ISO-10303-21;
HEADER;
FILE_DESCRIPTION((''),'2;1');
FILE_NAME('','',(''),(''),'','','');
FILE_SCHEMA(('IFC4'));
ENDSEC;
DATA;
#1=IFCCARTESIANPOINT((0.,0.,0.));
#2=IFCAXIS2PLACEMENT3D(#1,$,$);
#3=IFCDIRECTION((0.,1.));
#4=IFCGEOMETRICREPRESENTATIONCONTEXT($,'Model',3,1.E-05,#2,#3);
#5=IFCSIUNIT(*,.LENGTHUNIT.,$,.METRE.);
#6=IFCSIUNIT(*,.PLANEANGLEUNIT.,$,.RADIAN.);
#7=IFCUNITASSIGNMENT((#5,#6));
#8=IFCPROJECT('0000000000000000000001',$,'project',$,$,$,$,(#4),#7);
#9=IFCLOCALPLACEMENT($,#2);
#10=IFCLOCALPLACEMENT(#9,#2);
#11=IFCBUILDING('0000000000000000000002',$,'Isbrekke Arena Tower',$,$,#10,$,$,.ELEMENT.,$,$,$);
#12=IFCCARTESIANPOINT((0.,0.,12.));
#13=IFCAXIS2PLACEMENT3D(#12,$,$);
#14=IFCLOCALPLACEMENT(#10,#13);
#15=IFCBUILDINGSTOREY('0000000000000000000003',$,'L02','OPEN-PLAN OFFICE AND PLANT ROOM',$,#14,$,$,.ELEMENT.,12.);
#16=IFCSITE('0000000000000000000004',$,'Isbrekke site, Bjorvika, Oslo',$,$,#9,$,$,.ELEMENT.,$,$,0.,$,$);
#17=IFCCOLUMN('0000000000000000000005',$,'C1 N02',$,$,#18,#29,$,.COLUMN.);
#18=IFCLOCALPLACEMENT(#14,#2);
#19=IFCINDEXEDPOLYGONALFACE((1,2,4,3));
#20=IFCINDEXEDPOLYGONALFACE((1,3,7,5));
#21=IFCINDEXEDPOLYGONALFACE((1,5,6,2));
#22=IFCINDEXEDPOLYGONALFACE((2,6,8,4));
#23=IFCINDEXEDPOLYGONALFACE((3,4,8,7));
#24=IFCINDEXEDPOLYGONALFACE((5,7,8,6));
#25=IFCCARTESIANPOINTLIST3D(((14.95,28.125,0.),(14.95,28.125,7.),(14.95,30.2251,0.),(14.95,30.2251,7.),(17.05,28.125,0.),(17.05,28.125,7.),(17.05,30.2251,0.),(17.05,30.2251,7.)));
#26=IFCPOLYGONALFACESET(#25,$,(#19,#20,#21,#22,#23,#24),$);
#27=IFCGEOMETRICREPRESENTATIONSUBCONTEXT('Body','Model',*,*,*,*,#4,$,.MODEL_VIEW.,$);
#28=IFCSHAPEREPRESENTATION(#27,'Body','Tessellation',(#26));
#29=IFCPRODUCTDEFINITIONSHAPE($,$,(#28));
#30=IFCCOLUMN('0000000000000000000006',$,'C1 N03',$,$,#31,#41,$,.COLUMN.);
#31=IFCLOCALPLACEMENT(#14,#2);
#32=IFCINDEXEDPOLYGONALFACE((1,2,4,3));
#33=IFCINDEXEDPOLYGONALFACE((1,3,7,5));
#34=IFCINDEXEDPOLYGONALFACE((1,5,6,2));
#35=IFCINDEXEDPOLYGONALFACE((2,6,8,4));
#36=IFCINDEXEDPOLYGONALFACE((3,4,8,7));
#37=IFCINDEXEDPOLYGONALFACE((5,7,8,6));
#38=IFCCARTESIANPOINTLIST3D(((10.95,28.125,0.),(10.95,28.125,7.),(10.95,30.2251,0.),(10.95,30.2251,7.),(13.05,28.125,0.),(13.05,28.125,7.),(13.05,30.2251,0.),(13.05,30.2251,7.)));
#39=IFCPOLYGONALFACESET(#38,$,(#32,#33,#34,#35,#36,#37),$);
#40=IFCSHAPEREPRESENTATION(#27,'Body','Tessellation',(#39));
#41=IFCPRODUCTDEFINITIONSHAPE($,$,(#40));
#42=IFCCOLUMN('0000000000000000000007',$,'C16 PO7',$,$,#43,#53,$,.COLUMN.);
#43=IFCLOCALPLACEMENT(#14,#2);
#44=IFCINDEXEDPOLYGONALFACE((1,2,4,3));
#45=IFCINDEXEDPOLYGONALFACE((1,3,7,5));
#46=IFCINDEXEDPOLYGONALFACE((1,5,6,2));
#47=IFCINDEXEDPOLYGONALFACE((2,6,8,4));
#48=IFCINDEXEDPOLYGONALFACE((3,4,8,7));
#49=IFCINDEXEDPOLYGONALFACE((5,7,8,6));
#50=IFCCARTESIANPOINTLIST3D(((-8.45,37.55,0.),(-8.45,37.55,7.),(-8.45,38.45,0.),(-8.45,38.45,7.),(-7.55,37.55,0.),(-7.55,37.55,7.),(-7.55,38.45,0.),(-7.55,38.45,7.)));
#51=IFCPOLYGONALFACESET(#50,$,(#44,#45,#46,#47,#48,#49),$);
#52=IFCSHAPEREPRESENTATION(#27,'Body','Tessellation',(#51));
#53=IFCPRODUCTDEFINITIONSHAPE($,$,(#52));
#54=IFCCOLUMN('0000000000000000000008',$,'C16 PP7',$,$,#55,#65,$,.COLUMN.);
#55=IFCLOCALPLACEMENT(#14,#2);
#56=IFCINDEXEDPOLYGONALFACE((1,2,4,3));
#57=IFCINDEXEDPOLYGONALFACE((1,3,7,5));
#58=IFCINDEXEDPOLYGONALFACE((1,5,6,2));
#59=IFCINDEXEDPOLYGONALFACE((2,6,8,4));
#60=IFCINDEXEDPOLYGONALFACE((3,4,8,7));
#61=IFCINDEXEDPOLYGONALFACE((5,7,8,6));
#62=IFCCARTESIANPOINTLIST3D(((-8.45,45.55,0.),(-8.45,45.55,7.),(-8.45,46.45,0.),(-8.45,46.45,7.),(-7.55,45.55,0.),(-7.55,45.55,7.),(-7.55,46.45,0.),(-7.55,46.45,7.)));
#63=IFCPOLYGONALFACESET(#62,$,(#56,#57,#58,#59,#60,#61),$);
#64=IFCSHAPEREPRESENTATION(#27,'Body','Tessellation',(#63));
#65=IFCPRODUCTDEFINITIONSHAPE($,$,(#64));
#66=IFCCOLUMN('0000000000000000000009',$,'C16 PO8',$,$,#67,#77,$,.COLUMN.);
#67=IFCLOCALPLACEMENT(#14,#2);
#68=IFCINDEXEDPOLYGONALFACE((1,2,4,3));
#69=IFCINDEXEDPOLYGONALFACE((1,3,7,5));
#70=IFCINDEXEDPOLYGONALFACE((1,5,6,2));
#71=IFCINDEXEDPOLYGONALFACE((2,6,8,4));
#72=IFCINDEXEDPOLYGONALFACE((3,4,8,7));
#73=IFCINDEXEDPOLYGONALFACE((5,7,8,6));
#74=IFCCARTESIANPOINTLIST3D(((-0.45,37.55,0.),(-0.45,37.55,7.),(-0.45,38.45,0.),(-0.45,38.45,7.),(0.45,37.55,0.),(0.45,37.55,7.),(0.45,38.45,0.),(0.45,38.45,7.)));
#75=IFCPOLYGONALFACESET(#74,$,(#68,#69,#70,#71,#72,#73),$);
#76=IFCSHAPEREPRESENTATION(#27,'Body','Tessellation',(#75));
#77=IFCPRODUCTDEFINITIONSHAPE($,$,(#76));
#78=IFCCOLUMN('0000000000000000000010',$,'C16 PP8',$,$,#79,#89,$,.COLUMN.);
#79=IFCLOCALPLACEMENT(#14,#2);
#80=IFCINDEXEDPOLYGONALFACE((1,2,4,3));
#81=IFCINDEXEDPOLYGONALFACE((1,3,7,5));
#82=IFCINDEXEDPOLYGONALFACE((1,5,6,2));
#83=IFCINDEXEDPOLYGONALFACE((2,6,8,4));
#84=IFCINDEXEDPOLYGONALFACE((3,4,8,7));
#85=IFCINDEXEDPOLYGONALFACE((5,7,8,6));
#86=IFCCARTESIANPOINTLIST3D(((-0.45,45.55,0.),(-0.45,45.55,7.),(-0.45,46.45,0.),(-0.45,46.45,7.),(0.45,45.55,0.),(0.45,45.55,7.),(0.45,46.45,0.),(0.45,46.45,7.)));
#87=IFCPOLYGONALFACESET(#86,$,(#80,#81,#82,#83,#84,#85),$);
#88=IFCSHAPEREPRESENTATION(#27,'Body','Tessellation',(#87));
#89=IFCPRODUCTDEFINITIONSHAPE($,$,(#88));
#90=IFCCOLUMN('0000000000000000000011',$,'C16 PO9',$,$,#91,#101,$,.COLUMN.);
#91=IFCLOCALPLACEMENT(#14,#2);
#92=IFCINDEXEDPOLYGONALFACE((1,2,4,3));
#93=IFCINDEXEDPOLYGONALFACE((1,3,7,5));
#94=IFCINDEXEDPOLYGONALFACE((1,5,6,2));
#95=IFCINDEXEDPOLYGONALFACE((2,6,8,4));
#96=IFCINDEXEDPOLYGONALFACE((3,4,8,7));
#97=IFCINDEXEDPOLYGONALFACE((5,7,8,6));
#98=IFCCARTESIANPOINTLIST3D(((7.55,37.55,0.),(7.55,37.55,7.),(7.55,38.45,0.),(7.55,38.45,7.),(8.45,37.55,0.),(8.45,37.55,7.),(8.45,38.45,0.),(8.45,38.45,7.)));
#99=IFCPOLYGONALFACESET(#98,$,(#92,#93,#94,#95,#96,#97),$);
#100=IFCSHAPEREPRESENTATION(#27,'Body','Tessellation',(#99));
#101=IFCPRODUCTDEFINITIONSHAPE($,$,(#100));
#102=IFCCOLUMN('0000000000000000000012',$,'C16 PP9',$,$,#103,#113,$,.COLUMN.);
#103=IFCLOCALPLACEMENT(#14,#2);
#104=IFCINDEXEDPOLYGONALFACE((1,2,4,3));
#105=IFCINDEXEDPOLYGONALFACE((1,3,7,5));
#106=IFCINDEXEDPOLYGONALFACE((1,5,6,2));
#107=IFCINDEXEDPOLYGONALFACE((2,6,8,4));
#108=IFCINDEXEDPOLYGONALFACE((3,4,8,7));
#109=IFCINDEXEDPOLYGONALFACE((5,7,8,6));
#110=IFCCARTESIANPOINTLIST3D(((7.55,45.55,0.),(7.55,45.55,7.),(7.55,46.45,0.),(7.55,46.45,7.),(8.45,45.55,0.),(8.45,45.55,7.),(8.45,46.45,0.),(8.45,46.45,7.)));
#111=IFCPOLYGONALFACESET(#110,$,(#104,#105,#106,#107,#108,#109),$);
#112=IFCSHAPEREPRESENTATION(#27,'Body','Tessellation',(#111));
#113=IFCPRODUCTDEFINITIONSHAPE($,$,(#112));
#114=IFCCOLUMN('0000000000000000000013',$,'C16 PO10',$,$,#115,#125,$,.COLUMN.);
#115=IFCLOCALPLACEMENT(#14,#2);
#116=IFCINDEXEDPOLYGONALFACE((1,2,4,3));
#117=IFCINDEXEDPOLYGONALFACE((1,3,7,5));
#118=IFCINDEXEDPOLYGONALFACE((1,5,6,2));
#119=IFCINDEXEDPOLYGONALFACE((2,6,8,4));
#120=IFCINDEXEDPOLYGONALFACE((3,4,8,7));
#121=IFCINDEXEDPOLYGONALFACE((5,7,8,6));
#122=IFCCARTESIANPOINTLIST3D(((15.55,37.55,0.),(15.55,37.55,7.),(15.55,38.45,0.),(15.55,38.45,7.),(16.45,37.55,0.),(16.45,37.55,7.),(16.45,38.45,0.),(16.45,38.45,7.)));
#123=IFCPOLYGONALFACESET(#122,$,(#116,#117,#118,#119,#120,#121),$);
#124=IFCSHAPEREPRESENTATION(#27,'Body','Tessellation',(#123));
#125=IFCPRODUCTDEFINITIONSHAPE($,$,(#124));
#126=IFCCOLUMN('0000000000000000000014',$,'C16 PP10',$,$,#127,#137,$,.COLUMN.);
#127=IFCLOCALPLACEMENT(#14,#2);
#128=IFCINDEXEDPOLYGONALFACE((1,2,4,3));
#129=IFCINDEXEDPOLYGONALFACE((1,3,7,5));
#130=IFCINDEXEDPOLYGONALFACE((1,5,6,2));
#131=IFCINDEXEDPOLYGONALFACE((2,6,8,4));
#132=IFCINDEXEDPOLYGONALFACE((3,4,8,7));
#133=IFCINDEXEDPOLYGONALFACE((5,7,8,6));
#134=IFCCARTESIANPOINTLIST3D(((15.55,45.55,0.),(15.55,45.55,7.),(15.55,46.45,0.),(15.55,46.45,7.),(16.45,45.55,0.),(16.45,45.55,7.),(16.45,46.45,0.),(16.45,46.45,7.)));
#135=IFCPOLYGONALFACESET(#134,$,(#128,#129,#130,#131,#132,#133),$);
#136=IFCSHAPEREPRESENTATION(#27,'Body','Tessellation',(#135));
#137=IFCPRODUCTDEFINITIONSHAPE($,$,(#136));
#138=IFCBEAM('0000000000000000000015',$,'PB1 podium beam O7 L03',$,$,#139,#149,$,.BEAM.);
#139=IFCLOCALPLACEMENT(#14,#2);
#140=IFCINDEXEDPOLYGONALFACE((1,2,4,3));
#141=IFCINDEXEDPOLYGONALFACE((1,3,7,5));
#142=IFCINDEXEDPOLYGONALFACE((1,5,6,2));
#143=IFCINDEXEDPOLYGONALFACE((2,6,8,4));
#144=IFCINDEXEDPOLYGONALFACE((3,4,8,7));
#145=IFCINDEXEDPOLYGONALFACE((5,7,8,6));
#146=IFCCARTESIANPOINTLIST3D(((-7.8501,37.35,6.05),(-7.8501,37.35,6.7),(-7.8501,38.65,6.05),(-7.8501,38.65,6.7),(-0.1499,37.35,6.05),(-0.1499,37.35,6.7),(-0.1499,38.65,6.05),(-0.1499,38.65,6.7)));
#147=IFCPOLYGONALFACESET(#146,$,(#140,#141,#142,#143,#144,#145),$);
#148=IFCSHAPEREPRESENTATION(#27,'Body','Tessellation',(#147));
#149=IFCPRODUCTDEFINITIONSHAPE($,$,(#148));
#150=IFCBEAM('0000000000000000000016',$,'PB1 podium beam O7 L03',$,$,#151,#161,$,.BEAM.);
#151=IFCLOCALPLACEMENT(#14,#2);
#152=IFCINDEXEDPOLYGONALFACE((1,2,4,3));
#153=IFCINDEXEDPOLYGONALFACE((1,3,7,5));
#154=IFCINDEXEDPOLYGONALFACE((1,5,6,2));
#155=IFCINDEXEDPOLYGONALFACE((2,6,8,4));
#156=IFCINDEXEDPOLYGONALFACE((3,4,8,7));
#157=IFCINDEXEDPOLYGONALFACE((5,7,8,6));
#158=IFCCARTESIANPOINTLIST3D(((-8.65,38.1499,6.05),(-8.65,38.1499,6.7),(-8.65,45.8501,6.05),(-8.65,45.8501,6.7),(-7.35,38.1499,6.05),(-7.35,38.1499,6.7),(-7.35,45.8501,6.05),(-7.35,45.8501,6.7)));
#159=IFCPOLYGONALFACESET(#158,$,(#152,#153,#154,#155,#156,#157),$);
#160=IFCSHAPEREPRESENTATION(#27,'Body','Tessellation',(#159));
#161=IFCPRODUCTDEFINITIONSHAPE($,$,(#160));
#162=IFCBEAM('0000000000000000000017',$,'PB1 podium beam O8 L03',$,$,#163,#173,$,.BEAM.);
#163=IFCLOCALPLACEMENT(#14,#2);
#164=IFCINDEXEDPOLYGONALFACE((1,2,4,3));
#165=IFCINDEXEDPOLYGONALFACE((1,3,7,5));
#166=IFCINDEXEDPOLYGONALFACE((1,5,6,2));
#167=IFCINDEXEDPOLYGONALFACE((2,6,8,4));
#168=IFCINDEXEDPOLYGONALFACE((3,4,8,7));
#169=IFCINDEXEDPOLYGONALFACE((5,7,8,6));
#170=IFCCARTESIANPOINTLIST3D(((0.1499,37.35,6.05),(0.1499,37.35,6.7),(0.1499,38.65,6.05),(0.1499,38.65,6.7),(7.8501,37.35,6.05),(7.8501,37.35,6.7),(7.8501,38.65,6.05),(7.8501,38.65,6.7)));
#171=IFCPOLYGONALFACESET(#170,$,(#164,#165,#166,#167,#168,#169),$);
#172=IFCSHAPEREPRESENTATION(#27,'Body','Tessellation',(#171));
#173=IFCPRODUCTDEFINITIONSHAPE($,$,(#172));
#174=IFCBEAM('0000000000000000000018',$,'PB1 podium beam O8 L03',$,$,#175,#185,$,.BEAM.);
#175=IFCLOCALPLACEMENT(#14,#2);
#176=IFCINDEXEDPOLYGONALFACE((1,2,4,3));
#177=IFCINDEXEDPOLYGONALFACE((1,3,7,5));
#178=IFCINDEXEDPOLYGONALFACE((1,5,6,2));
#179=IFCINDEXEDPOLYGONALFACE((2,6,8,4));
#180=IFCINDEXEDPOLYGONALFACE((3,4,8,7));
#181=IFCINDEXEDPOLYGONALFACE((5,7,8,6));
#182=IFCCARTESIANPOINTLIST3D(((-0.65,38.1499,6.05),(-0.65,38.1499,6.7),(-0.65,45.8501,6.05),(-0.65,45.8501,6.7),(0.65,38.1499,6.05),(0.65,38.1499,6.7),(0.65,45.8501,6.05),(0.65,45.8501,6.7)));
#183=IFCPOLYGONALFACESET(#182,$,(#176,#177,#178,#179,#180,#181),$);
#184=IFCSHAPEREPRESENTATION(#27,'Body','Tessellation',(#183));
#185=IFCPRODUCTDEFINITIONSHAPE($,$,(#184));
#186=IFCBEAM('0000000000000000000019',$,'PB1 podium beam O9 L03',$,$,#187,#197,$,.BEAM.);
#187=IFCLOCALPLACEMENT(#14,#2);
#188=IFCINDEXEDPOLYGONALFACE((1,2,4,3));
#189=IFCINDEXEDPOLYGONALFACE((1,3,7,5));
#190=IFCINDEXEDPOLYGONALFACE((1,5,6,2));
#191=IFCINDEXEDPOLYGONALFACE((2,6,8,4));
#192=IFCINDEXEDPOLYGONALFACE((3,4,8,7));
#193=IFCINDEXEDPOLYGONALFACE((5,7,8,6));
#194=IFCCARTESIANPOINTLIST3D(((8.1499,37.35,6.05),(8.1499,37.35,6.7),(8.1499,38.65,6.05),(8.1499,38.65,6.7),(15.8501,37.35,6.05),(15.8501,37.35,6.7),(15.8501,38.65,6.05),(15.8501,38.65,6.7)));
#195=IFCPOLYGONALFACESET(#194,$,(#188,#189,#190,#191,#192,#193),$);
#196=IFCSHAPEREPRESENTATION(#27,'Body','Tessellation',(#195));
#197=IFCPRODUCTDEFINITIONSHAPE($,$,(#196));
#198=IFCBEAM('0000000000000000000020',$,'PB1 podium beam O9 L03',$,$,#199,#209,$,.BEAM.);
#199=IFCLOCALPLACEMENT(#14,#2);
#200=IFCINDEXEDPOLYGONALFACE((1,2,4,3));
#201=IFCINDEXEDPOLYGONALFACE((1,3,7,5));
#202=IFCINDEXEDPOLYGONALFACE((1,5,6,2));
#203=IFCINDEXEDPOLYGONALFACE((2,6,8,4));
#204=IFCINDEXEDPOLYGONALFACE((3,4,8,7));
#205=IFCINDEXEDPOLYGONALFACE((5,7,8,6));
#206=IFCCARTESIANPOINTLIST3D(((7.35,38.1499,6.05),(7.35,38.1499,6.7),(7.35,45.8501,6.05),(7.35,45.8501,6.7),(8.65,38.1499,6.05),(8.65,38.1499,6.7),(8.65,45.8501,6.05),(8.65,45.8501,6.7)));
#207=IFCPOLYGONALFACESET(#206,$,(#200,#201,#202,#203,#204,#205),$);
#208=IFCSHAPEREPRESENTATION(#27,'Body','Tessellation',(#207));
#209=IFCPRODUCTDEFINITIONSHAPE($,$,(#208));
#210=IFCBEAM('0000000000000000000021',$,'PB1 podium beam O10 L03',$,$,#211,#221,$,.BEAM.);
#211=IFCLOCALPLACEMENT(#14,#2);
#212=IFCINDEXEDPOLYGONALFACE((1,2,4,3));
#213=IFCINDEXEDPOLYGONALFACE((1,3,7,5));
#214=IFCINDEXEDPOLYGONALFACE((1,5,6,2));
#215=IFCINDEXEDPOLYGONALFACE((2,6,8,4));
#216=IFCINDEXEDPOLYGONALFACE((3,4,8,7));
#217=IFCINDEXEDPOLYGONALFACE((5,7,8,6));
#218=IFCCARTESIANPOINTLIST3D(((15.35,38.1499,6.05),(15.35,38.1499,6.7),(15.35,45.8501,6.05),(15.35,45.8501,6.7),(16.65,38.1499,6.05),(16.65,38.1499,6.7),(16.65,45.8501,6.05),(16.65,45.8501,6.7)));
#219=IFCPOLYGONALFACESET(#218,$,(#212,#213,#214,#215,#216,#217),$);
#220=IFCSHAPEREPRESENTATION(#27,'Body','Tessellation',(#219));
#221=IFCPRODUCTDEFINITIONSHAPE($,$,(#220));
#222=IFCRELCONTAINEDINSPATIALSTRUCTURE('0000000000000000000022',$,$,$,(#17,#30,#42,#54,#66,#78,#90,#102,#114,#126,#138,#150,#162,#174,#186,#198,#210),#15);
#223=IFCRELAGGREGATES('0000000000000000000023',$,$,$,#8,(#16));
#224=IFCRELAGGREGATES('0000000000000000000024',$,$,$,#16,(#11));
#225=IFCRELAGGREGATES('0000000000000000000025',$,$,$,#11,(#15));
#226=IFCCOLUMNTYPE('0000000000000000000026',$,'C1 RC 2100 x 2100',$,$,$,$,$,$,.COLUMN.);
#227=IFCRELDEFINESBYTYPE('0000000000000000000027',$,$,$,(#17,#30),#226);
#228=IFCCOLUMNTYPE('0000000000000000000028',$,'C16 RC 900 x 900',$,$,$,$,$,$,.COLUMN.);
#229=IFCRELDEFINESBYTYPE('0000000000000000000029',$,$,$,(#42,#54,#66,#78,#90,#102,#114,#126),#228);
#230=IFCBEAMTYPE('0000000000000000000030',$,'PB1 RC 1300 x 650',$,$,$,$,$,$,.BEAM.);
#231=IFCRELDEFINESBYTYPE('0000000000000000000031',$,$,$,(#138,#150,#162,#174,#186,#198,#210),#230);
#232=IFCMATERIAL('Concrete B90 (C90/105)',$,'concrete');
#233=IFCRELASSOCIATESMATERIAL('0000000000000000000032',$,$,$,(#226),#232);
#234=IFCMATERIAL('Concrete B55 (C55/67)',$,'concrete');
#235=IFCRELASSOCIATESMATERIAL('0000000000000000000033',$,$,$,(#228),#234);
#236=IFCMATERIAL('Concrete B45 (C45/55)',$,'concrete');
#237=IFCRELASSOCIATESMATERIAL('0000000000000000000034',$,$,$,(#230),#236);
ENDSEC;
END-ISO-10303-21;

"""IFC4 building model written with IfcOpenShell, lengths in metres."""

from ifc_helpers import new_model, si_unit, direction, frame, origin, origin_2d, place, context, subcontext, project, spatial, rectangle, extrude, material, material_profile, profile_set, type_object, element, save


model = new_model("IFC4")

# Units and contexts
model_context = context("Model", 3, precision=1e-05, world=origin(), true_north=direction((0.0, 1.0)))
body_context = subcontext(model_context, "Body", "Model", "MODEL_VIEW")
ifc_project = project(units=[si_unit("LENGTHUNIT", "METRE"), si_unit("PLANEANGLEUNIT", "RADIAN")], contexts=[model_context])

# Site, building, storey
site_placement = place(None, origin())
site = spatial("IfcSite", under=ifc_project, at=site_placement, Name="Isbrekke site, Bjorvika, Oslo", CompositionType="ELEMENT", RefElevation=0.0)
building_placement = place(site_placement, origin())
building = spatial("IfcBuilding", under=site, at=building_placement, Name="Isbrekke Arena Tower", CompositionType="ELEMENT")
storey_placement = place(building_placement, frame((0.0, 0.0, 12.0)))
storey = spatial("IfcBuildingStorey", under=building, at=storey_placement, Name="L02", Description="OPEN-PLAN OFFICE AND PLANT ROOM", CompositionType="ELEMENT", Elevation=12.0)

# Columns
ifc_material_1 = material(Name="Concrete B90 (C90/105)", Category="concrete")
ifc_material_profile_1 = material_profile(ifc_material_1, rectangle(XDim=2.1001, YDim=2.1001, at=origin_2d()), Name="RC 2100x2100")
ifc_profile_set_1 = profile_set([ifc_material_profile_1], Name="Concrete B90 (C90/105)")
column_type_1 = type_object("IfcColumnType", Name="C1 RC 2100 x 2100", PredefinedType="COLUMN", material=ifc_profile_set_1)
for number, where, z_axis, x_axis, name in (
    (1, (16.0, 29.175, 0.0), (0.0, 0.0, 1.0), (-1.0, 0.0, 0.0), "C1 N02"),
    (2, (12.0, 29.175, 0.0), (0.0, 0.0, 1.0), (-1.0, 0.0, 0.0), "C1 N03"),
):
    element("IfcColumn", number, at=place(storey_placement, frame(where, z_axis=z_axis, x_axis=x_axis)), inside=storey, type_object=column_type_1, Name=name, PredefinedType="COLUMN", context=body_context, shape_type="SweptSolid", body=[
        extrude(rectangle(XDim=2.1001, YDim=2.1001, at=origin_2d()), origin(), (0.0, 0.0, 1.0), 7.0),
    ])
ifc_material_2 = material(Name="Concrete B55 (C55/67)", Category="concrete")
ifc_material_profile_2 = material_profile(ifc_material_2, rectangle(XDim=0.8999, YDim=0.8999, at=origin_2d()), Name="RC 900x900")
ifc_profile_set_2 = profile_set([ifc_material_profile_2], Name="Concrete B55 (C55/67)")
column_type_2 = type_object("IfcColumnType", Name="C16 RC 900 x 900", PredefinedType="COLUMN", material=ifc_profile_set_2)
for number, where, z_axis, x_axis, name in (
    (3, (-8.0, 38.0, 0.0), (0.0, 0.0, 1.0), (1.0, 0.0, 0.0), "C16 PO7"),
    (4, (-8.0, 46.0, 0.0), (0.0, 0.0, 1.0), (1.0, 0.0, 0.0), "C16 PP7"),
    (5, (0.0, 38.0, 0.0), (0.0, 0.0, 1.0), (1.0, 0.0, 0.0), "C16 PO8"),
    (6, (0.0, 46.0, 0.0), (0.0, 0.0, 1.0), (1.0, 0.0, 0.0), "C16 PP8"),
    (7, (8.0, 38.0, 0.0), (0.0, 0.0, 1.0), (1.0, 0.0, 0.0), "C16 PO9"),
    (8, (8.0, 46.0, 0.0), (0.0, 0.0, 1.0), (1.0, 0.0, 0.0), "C16 PP9"),
    (9, (16.0, 38.0, 0.0), (0.0, 0.0, 1.0), (1.0, 0.0, 0.0), "C16 PO10"),
    (10, (16.0, 46.0, 0.0), (0.0, 0.0, 1.0), (1.0, 0.0, 0.0), "C16 PP10"),
):
    element("IfcColumn", number, at=place(storey_placement, frame(where, z_axis=z_axis, x_axis=x_axis)), inside=storey, type_object=column_type_2, Name=name, PredefinedType="COLUMN", context=body_context, shape_type="SweptSolid", body=[
        extrude(rectangle(XDim=0.8999, YDim=0.8999, at=origin_2d()), origin(), (0.0, 0.0, 1.0), 7.0),
    ])

# Beams
ifc_material_3 = material(Name="Concrete B45 (C45/55)", Category="concrete")
ifc_material_profile_3 = material_profile(ifc_material_3, rectangle(XDim=1.3, YDim=0.6499, at=origin_2d()), Name="RC 1300x650")
ifc_profile_set_3 = profile_set([ifc_material_profile_3], Name="Concrete B45 (C45/55)")
beam_type = type_object("IfcBeamType", Name="PB1 RC 1300 x 650", PredefinedType="BEAM", material=ifc_profile_set_3)
for number, where, z_axis, x_axis, name in (
    (11, (-7.8501, 38.0, 6.375), (1.0, 0.0, 0.0), (0.0, 1.0, 0.0), "PB1 podium beam O7 L03"),
    (12, (-8.0, 38.1499, 6.375), (0.0, 1.0, 0.0), (-1.0, 0.0, 0.0), "PB1 podium beam O7 L03"),
    (13, (0.1499, 38.0, 6.375), (1.0, 0.0, 0.0), (0.0, 1.0, 0.0), "PB1 podium beam O8 L03"),
    (14, (0.0, 38.1499, 6.375), (0.0, 1.0, 0.0), (-1.0, 0.0, 0.0), "PB1 podium beam O8 L03"),
    (15, (8.1499, 38.0, 6.375), (1.0, 0.0, 0.0), (0.0, 1.0, 0.0), "PB1 podium beam O9 L03"),
    (16, (8.0, 38.1499, 6.375), (0.0, 1.0, 0.0), (-1.0, 0.0, 0.0), "PB1 podium beam O9 L03"),
    (17, (16.0, 38.1499, 6.375), (0.0, 1.0, 0.0), (-1.0, 0.0, 0.0), "PB1 podium beam O10 L03"),
):
    element("IfcBeam", number, at=place(storey_placement, frame(where, z_axis=z_axis, x_axis=x_axis)), inside=storey, type_object=beam_type, Name=name, PredefinedType="BEAM", context=body_context, shape_type="SweptSolid", body=[
        extrude(rectangle(XDim=1.3, YDim=0.6499, at=origin_2d()), origin(), (0.0, 0.0, 1.0), 7.7002),
    ])

save(model, "model.ifc")
